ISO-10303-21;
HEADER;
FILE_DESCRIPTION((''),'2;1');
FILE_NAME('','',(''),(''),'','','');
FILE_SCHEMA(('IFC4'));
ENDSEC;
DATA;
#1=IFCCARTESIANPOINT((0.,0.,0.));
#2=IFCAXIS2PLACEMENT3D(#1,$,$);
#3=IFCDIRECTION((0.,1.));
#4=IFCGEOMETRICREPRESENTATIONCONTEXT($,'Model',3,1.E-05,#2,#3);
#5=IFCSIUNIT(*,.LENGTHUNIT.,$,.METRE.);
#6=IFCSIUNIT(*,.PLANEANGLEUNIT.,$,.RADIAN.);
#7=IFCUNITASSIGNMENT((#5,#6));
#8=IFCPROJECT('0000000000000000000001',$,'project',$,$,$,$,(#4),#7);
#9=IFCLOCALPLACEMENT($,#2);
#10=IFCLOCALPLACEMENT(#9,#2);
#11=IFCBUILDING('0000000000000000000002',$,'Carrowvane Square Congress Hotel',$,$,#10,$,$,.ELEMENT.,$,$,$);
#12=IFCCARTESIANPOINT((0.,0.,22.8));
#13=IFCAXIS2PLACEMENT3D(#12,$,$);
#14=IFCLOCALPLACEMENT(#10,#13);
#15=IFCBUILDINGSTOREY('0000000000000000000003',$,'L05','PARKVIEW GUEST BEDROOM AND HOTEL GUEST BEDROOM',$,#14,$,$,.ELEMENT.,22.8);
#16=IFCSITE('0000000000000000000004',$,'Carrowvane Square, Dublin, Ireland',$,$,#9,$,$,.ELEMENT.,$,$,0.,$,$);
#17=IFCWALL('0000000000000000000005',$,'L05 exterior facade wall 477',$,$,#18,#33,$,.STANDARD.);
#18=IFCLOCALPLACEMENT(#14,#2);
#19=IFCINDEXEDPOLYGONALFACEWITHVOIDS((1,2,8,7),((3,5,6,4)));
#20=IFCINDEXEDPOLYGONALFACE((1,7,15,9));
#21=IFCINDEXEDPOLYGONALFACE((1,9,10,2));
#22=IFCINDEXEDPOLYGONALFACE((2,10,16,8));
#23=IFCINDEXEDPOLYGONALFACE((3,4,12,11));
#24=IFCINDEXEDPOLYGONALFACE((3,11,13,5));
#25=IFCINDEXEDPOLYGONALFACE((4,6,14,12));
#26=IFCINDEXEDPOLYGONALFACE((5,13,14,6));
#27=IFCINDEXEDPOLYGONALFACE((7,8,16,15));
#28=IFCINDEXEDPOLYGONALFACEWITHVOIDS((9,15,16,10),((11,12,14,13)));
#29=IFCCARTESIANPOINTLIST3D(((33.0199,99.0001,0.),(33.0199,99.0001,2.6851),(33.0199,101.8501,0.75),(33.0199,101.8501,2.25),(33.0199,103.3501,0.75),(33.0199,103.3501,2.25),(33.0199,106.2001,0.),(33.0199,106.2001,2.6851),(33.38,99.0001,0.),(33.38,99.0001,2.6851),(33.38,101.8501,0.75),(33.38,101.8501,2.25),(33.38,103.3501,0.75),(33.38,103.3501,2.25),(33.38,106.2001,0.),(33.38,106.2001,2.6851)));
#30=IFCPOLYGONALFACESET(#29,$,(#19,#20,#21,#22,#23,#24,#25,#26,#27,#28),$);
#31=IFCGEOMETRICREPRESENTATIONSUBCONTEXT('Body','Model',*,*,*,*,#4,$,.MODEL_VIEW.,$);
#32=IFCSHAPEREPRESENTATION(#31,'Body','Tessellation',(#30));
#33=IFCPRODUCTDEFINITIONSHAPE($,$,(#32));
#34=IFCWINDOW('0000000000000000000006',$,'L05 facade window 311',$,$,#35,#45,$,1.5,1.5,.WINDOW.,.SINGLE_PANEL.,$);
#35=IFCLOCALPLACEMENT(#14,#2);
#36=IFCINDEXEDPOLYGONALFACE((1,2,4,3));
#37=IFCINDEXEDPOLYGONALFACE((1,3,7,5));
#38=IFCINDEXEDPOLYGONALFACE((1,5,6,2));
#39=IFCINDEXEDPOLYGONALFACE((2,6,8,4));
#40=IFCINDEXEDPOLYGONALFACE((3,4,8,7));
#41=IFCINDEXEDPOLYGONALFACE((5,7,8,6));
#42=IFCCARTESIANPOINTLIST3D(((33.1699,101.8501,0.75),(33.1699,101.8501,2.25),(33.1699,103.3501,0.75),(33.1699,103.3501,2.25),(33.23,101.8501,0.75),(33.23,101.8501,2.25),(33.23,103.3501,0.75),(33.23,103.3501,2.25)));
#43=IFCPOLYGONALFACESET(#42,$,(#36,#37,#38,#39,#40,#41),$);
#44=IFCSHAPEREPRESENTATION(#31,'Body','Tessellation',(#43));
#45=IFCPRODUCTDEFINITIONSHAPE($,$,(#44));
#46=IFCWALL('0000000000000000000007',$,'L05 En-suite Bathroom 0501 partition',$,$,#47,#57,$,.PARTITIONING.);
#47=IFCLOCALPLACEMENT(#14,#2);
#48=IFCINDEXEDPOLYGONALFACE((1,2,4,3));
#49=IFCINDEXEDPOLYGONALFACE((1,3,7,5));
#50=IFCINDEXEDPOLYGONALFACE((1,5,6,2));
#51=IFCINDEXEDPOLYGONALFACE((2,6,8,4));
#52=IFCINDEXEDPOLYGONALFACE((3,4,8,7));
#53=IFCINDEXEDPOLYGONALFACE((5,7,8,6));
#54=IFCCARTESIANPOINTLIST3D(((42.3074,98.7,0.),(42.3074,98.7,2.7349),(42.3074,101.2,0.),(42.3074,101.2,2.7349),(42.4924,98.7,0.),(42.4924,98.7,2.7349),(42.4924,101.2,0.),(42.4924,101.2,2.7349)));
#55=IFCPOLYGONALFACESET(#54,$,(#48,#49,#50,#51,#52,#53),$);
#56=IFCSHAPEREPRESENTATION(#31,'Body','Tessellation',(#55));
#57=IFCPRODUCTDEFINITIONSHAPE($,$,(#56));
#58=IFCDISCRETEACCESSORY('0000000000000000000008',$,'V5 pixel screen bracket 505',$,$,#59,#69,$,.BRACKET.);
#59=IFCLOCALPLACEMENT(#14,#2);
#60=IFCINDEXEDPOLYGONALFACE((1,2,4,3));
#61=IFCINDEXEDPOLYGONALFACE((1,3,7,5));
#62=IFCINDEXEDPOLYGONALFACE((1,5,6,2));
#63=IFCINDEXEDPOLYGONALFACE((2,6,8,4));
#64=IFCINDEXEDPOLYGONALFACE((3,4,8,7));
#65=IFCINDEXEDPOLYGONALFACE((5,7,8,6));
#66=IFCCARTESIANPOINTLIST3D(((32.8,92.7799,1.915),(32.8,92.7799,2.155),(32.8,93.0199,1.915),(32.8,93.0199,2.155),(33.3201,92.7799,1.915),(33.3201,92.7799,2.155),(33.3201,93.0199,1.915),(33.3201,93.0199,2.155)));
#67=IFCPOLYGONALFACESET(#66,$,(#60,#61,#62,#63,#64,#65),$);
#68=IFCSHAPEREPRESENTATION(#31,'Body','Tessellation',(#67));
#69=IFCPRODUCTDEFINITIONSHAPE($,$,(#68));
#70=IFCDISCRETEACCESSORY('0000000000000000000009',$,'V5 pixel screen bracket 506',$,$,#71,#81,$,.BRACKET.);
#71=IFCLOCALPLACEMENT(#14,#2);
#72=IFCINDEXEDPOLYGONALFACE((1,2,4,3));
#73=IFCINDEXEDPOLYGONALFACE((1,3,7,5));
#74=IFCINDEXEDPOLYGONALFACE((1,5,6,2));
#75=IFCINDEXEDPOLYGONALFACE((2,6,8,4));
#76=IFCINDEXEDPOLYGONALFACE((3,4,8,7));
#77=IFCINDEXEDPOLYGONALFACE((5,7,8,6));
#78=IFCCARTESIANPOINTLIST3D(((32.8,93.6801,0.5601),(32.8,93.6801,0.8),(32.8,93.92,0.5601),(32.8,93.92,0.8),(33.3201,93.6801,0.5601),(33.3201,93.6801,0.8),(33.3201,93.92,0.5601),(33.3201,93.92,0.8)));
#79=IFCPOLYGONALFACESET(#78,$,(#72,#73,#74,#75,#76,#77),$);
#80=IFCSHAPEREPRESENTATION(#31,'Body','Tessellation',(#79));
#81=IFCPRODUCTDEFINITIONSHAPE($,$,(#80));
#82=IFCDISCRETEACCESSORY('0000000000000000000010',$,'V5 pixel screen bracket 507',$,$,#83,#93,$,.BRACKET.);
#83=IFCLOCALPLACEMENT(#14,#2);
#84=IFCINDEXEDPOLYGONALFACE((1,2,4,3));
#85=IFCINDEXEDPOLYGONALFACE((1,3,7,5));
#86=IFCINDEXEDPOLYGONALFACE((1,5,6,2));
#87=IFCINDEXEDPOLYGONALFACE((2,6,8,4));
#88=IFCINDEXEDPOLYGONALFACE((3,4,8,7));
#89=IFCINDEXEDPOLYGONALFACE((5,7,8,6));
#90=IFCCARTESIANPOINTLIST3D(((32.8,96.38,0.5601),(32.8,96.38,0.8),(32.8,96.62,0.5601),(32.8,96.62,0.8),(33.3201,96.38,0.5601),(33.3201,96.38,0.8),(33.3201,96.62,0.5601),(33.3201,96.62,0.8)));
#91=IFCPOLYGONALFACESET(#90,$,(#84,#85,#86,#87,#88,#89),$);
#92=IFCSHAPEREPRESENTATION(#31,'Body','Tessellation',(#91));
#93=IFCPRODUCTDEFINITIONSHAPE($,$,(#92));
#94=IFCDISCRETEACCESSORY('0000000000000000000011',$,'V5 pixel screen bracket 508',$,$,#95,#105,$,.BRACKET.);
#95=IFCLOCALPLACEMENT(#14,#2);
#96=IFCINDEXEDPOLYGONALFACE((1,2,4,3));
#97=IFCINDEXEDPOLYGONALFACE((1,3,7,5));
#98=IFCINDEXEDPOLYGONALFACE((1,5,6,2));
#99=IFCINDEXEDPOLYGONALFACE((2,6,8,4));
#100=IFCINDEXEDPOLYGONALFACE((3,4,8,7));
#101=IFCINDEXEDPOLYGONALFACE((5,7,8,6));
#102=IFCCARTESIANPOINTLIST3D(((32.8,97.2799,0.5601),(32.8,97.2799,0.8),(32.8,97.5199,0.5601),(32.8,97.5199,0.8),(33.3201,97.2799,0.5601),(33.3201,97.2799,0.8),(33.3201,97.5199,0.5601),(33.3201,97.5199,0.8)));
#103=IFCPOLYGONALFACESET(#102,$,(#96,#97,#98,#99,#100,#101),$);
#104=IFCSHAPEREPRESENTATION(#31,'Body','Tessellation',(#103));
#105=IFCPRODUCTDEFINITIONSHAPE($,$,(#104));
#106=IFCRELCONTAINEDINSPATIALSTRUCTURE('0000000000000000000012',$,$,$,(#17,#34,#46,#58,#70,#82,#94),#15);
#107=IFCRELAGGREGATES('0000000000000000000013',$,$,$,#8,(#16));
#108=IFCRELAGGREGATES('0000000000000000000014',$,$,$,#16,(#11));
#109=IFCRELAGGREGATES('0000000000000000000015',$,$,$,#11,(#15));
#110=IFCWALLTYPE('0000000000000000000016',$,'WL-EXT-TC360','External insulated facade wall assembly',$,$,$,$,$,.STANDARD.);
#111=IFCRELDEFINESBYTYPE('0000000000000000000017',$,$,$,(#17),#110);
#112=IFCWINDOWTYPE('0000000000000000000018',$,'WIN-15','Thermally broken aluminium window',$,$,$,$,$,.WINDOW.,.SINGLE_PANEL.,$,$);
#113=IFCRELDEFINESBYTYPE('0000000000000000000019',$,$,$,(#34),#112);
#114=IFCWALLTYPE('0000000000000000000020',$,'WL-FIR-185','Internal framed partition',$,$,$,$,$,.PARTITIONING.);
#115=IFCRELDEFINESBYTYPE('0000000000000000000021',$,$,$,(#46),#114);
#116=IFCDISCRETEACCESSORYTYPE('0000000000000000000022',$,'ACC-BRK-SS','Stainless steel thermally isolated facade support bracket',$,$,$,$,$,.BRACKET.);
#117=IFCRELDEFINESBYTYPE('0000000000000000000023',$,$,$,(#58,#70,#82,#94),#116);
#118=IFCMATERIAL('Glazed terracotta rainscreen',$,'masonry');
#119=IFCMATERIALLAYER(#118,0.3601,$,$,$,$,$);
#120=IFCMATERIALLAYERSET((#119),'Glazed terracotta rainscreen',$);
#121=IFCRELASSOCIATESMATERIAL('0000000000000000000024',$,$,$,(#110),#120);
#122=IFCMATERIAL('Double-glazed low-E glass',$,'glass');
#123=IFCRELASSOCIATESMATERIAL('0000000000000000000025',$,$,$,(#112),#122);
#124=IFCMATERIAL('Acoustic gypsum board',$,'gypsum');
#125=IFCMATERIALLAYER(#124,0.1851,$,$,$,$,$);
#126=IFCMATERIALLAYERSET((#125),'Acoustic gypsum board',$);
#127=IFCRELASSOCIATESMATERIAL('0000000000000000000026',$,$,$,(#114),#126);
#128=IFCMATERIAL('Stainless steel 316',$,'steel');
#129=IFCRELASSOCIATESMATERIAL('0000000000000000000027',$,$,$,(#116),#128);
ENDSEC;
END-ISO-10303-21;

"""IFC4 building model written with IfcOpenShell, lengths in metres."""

from ifc_helpers import new_model, si_unit, direction, frame, frame_2d, origin, origin_2d, place, context, subcontext, project, spatial, rectangle, extrude, material, layer, layer_set, type_object, element, fill, save


model = new_model("IFC4")

# Units and contexts
model_context = context("Model", 3, precision=1e-05, world=origin(), true_north=direction((0.0, 1.0)))
body_context = subcontext(model_context, "Body", "Model", "MODEL_VIEW")
ifc_project = project(units=[si_unit("LENGTHUNIT", "METRE"), si_unit("PLANEANGLEUNIT", "RADIAN")], contexts=[model_context])

# Site, building, storey
site_placement = place(None, origin())
site = spatial("IfcSite", under=ifc_project, at=site_placement, Name="Carrowvane Square, Dublin, Ireland", CompositionType="ELEMENT", RefElevation=0.0)
building_placement = place(site_placement, origin())
building = spatial("IfcBuilding", under=site, at=building_placement, Name="Carrowvane Square Congress Hotel", CompositionType="ELEMENT")
storey_placement = place(building_placement, frame((0.0, 0.0, 22.8)))
storey = spatial("IfcBuildingStorey", under=building, at=storey_placement, Name="L05", Description="PARKVIEW GUEST BEDROOM AND HOTEL GUEST BEDROOM", CompositionType="ELEMENT", Elevation=22.8)

# Wall, opening, window
ifc_material_1 = material(Name="Glazed terracotta rainscreen", Category="masonry")
ifc_layer_1 = layer(ifc_material_1, 0.3601)
ifc_layer_set_1 = layer_set([ifc_layer_1], Name="Glazed terracotta rainscreen")
wall_type_1 = type_object("IfcWallType", Name="WL-EXT-TC360", Description="External insulated facade wall assembly", PredefinedType="STANDARD", material=ifc_layer_set_1)
wall_1_placement = place(storey_placement, frame((33.2, 99.0, 0.0), z_axis=(0.0, 0.0, 1.0), x_axis=(0.0, 1.0, 0.0)))
wall_1 = element("IfcWall", 1, at=wall_1_placement, inside=storey, type_object=wall_type_1, Name="L05 exterior facade wall 477", PredefinedType="STANDARD", context=body_context, shape_type="SweptSolid", body=[
    extrude(rectangle(XDim=7.2, YDim=0.3601, at=frame_2d((3.6001, 0.0))), origin(), (0.0, 0.0, 1.0), 2.6851),
])
opening_placement = place(wall_1_placement, frame((2.8501, 0.0, 0.75)))
opening = element("IfcOpeningElement", 2, at=opening_placement, cuts=wall_1, PredefinedType="OPENING", context=body_context, shape_type="SweptSolid", body=[
    extrude(rectangle(XDim=1.5, YDim=1.5, at=frame_2d((0.75, 0.75))), frame((0.0, 0.1899, 0.0), z_axis=(0.0, -1.0, 0.0), x_axis=(1.0, 0.0, 0.0)), (0.0, 0.0, 1.0), 0.3801),
])
ifc_material_2 = material(Name="Double-glazed low-E glass", Category="glass")
window_type = type_object("IfcWindowType", Name="WIN-15", Description="Thermally broken aluminium window", PartitioningType="SINGLE_PANEL", PredefinedType="WINDOW", material=ifc_material_2)
window_placement = place(opening_placement, origin())
window = element("IfcWindow", 3, at=window_placement, inside=storey, type_object=window_type, Name="L05 facade window 311", OverallHeight=1.5, OverallWidth=1.5, PartitioningType="SINGLE_PANEL", PredefinedType="WINDOW", context=body_context, shape_type="SweptSolid", body=[
    extrude(rectangle(XDim=1.5, YDim=1.5, at=frame_2d((0.75, 0.75))), frame((0.0, 0.03, 0.0), z_axis=(0.0, -1.0, 0.0), x_axis=(1.0, 0.0, 0.0)), (0.0, 0.0, 1.0), 0.0601),
])
fill(opening, window)

# Wall
ifc_material_3 = material(Name="Acoustic gypsum board", Category="gypsum")
ifc_layer_2 = layer(ifc_material_3, 0.1851)
ifc_layer_set_2 = layer_set([ifc_layer_2], Name="Acoustic gypsum board")
wall_type_2 = type_object("IfcWallType", Name="WL-FIR-185", Description="Internal framed partition", PredefinedType="PARTITIONING", material=ifc_layer_set_2)
wall_2_placement = place(storey_placement, frame((42.3999, 98.7, 0.0), z_axis=(0.0, 0.0, 1.0), x_axis=(0.0, 1.0, 0.0)))
element("IfcWall", 4, at=wall_2_placement, inside=storey, type_object=wall_type_2, Name="L05 En-suite Bathroom 0501 partition", PredefinedType="PARTITIONING", context=body_context, shape_type="SweptSolid", body=[
    extrude(rectangle(XDim=2.5, YDim=0.1851, at=frame_2d((1.25, 0.0))), origin(), (0.0, 0.0, 1.0), 2.7349),
])

# Discrete accessories
ifc_material_4 = material(Name="Stainless steel 316", Category="steel")
discrete_accessory_type = type_object("IfcDiscreteAccessoryType", Name="ACC-BRK-SS", Description="Stainless steel thermally isolated facade support bracket", PredefinedType="BRACKET", material=ifc_material_4)
for number, where, z_axis, x_axis, name in (
    (5, (33.0601, 92.8999, 1.915), (0.0, 0.0, 1.0), (0.0, 1.0, 0.0), "V5 pixel screen bracket 505"),
    (6, (33.0601, 93.8, 0.5601), (0.0, 0.0, 1.0), (0.0, 1.0, 0.0), "V5 pixel screen bracket 506"),
    (7, (33.0601, 96.5, 0.5601), (0.0, 0.0, 1.0), (0.0, 1.0, 0.0), "V5 pixel screen bracket 507"),
    (8, (33.0601, 97.3999, 0.5601), (0.0, 0.0, 1.0), (0.0, 1.0, 0.0), "V5 pixel screen bracket 508"),
):
    element("IfcDiscreteAccessory", number, at=place(storey_placement, frame(where, z_axis=z_axis, x_axis=x_axis)), inside=storey, type_object=discrete_accessory_type, Name=name, PredefinedType="BRACKET", context=body_context, shape_type="SweptSolid", body=[
        extrude(rectangle(XDim=0.24, YDim=0.52, at=origin_2d()), origin(), (0.0, 0.0, 1.0), 0.24),
    ])

save(model, "model.ifc")
